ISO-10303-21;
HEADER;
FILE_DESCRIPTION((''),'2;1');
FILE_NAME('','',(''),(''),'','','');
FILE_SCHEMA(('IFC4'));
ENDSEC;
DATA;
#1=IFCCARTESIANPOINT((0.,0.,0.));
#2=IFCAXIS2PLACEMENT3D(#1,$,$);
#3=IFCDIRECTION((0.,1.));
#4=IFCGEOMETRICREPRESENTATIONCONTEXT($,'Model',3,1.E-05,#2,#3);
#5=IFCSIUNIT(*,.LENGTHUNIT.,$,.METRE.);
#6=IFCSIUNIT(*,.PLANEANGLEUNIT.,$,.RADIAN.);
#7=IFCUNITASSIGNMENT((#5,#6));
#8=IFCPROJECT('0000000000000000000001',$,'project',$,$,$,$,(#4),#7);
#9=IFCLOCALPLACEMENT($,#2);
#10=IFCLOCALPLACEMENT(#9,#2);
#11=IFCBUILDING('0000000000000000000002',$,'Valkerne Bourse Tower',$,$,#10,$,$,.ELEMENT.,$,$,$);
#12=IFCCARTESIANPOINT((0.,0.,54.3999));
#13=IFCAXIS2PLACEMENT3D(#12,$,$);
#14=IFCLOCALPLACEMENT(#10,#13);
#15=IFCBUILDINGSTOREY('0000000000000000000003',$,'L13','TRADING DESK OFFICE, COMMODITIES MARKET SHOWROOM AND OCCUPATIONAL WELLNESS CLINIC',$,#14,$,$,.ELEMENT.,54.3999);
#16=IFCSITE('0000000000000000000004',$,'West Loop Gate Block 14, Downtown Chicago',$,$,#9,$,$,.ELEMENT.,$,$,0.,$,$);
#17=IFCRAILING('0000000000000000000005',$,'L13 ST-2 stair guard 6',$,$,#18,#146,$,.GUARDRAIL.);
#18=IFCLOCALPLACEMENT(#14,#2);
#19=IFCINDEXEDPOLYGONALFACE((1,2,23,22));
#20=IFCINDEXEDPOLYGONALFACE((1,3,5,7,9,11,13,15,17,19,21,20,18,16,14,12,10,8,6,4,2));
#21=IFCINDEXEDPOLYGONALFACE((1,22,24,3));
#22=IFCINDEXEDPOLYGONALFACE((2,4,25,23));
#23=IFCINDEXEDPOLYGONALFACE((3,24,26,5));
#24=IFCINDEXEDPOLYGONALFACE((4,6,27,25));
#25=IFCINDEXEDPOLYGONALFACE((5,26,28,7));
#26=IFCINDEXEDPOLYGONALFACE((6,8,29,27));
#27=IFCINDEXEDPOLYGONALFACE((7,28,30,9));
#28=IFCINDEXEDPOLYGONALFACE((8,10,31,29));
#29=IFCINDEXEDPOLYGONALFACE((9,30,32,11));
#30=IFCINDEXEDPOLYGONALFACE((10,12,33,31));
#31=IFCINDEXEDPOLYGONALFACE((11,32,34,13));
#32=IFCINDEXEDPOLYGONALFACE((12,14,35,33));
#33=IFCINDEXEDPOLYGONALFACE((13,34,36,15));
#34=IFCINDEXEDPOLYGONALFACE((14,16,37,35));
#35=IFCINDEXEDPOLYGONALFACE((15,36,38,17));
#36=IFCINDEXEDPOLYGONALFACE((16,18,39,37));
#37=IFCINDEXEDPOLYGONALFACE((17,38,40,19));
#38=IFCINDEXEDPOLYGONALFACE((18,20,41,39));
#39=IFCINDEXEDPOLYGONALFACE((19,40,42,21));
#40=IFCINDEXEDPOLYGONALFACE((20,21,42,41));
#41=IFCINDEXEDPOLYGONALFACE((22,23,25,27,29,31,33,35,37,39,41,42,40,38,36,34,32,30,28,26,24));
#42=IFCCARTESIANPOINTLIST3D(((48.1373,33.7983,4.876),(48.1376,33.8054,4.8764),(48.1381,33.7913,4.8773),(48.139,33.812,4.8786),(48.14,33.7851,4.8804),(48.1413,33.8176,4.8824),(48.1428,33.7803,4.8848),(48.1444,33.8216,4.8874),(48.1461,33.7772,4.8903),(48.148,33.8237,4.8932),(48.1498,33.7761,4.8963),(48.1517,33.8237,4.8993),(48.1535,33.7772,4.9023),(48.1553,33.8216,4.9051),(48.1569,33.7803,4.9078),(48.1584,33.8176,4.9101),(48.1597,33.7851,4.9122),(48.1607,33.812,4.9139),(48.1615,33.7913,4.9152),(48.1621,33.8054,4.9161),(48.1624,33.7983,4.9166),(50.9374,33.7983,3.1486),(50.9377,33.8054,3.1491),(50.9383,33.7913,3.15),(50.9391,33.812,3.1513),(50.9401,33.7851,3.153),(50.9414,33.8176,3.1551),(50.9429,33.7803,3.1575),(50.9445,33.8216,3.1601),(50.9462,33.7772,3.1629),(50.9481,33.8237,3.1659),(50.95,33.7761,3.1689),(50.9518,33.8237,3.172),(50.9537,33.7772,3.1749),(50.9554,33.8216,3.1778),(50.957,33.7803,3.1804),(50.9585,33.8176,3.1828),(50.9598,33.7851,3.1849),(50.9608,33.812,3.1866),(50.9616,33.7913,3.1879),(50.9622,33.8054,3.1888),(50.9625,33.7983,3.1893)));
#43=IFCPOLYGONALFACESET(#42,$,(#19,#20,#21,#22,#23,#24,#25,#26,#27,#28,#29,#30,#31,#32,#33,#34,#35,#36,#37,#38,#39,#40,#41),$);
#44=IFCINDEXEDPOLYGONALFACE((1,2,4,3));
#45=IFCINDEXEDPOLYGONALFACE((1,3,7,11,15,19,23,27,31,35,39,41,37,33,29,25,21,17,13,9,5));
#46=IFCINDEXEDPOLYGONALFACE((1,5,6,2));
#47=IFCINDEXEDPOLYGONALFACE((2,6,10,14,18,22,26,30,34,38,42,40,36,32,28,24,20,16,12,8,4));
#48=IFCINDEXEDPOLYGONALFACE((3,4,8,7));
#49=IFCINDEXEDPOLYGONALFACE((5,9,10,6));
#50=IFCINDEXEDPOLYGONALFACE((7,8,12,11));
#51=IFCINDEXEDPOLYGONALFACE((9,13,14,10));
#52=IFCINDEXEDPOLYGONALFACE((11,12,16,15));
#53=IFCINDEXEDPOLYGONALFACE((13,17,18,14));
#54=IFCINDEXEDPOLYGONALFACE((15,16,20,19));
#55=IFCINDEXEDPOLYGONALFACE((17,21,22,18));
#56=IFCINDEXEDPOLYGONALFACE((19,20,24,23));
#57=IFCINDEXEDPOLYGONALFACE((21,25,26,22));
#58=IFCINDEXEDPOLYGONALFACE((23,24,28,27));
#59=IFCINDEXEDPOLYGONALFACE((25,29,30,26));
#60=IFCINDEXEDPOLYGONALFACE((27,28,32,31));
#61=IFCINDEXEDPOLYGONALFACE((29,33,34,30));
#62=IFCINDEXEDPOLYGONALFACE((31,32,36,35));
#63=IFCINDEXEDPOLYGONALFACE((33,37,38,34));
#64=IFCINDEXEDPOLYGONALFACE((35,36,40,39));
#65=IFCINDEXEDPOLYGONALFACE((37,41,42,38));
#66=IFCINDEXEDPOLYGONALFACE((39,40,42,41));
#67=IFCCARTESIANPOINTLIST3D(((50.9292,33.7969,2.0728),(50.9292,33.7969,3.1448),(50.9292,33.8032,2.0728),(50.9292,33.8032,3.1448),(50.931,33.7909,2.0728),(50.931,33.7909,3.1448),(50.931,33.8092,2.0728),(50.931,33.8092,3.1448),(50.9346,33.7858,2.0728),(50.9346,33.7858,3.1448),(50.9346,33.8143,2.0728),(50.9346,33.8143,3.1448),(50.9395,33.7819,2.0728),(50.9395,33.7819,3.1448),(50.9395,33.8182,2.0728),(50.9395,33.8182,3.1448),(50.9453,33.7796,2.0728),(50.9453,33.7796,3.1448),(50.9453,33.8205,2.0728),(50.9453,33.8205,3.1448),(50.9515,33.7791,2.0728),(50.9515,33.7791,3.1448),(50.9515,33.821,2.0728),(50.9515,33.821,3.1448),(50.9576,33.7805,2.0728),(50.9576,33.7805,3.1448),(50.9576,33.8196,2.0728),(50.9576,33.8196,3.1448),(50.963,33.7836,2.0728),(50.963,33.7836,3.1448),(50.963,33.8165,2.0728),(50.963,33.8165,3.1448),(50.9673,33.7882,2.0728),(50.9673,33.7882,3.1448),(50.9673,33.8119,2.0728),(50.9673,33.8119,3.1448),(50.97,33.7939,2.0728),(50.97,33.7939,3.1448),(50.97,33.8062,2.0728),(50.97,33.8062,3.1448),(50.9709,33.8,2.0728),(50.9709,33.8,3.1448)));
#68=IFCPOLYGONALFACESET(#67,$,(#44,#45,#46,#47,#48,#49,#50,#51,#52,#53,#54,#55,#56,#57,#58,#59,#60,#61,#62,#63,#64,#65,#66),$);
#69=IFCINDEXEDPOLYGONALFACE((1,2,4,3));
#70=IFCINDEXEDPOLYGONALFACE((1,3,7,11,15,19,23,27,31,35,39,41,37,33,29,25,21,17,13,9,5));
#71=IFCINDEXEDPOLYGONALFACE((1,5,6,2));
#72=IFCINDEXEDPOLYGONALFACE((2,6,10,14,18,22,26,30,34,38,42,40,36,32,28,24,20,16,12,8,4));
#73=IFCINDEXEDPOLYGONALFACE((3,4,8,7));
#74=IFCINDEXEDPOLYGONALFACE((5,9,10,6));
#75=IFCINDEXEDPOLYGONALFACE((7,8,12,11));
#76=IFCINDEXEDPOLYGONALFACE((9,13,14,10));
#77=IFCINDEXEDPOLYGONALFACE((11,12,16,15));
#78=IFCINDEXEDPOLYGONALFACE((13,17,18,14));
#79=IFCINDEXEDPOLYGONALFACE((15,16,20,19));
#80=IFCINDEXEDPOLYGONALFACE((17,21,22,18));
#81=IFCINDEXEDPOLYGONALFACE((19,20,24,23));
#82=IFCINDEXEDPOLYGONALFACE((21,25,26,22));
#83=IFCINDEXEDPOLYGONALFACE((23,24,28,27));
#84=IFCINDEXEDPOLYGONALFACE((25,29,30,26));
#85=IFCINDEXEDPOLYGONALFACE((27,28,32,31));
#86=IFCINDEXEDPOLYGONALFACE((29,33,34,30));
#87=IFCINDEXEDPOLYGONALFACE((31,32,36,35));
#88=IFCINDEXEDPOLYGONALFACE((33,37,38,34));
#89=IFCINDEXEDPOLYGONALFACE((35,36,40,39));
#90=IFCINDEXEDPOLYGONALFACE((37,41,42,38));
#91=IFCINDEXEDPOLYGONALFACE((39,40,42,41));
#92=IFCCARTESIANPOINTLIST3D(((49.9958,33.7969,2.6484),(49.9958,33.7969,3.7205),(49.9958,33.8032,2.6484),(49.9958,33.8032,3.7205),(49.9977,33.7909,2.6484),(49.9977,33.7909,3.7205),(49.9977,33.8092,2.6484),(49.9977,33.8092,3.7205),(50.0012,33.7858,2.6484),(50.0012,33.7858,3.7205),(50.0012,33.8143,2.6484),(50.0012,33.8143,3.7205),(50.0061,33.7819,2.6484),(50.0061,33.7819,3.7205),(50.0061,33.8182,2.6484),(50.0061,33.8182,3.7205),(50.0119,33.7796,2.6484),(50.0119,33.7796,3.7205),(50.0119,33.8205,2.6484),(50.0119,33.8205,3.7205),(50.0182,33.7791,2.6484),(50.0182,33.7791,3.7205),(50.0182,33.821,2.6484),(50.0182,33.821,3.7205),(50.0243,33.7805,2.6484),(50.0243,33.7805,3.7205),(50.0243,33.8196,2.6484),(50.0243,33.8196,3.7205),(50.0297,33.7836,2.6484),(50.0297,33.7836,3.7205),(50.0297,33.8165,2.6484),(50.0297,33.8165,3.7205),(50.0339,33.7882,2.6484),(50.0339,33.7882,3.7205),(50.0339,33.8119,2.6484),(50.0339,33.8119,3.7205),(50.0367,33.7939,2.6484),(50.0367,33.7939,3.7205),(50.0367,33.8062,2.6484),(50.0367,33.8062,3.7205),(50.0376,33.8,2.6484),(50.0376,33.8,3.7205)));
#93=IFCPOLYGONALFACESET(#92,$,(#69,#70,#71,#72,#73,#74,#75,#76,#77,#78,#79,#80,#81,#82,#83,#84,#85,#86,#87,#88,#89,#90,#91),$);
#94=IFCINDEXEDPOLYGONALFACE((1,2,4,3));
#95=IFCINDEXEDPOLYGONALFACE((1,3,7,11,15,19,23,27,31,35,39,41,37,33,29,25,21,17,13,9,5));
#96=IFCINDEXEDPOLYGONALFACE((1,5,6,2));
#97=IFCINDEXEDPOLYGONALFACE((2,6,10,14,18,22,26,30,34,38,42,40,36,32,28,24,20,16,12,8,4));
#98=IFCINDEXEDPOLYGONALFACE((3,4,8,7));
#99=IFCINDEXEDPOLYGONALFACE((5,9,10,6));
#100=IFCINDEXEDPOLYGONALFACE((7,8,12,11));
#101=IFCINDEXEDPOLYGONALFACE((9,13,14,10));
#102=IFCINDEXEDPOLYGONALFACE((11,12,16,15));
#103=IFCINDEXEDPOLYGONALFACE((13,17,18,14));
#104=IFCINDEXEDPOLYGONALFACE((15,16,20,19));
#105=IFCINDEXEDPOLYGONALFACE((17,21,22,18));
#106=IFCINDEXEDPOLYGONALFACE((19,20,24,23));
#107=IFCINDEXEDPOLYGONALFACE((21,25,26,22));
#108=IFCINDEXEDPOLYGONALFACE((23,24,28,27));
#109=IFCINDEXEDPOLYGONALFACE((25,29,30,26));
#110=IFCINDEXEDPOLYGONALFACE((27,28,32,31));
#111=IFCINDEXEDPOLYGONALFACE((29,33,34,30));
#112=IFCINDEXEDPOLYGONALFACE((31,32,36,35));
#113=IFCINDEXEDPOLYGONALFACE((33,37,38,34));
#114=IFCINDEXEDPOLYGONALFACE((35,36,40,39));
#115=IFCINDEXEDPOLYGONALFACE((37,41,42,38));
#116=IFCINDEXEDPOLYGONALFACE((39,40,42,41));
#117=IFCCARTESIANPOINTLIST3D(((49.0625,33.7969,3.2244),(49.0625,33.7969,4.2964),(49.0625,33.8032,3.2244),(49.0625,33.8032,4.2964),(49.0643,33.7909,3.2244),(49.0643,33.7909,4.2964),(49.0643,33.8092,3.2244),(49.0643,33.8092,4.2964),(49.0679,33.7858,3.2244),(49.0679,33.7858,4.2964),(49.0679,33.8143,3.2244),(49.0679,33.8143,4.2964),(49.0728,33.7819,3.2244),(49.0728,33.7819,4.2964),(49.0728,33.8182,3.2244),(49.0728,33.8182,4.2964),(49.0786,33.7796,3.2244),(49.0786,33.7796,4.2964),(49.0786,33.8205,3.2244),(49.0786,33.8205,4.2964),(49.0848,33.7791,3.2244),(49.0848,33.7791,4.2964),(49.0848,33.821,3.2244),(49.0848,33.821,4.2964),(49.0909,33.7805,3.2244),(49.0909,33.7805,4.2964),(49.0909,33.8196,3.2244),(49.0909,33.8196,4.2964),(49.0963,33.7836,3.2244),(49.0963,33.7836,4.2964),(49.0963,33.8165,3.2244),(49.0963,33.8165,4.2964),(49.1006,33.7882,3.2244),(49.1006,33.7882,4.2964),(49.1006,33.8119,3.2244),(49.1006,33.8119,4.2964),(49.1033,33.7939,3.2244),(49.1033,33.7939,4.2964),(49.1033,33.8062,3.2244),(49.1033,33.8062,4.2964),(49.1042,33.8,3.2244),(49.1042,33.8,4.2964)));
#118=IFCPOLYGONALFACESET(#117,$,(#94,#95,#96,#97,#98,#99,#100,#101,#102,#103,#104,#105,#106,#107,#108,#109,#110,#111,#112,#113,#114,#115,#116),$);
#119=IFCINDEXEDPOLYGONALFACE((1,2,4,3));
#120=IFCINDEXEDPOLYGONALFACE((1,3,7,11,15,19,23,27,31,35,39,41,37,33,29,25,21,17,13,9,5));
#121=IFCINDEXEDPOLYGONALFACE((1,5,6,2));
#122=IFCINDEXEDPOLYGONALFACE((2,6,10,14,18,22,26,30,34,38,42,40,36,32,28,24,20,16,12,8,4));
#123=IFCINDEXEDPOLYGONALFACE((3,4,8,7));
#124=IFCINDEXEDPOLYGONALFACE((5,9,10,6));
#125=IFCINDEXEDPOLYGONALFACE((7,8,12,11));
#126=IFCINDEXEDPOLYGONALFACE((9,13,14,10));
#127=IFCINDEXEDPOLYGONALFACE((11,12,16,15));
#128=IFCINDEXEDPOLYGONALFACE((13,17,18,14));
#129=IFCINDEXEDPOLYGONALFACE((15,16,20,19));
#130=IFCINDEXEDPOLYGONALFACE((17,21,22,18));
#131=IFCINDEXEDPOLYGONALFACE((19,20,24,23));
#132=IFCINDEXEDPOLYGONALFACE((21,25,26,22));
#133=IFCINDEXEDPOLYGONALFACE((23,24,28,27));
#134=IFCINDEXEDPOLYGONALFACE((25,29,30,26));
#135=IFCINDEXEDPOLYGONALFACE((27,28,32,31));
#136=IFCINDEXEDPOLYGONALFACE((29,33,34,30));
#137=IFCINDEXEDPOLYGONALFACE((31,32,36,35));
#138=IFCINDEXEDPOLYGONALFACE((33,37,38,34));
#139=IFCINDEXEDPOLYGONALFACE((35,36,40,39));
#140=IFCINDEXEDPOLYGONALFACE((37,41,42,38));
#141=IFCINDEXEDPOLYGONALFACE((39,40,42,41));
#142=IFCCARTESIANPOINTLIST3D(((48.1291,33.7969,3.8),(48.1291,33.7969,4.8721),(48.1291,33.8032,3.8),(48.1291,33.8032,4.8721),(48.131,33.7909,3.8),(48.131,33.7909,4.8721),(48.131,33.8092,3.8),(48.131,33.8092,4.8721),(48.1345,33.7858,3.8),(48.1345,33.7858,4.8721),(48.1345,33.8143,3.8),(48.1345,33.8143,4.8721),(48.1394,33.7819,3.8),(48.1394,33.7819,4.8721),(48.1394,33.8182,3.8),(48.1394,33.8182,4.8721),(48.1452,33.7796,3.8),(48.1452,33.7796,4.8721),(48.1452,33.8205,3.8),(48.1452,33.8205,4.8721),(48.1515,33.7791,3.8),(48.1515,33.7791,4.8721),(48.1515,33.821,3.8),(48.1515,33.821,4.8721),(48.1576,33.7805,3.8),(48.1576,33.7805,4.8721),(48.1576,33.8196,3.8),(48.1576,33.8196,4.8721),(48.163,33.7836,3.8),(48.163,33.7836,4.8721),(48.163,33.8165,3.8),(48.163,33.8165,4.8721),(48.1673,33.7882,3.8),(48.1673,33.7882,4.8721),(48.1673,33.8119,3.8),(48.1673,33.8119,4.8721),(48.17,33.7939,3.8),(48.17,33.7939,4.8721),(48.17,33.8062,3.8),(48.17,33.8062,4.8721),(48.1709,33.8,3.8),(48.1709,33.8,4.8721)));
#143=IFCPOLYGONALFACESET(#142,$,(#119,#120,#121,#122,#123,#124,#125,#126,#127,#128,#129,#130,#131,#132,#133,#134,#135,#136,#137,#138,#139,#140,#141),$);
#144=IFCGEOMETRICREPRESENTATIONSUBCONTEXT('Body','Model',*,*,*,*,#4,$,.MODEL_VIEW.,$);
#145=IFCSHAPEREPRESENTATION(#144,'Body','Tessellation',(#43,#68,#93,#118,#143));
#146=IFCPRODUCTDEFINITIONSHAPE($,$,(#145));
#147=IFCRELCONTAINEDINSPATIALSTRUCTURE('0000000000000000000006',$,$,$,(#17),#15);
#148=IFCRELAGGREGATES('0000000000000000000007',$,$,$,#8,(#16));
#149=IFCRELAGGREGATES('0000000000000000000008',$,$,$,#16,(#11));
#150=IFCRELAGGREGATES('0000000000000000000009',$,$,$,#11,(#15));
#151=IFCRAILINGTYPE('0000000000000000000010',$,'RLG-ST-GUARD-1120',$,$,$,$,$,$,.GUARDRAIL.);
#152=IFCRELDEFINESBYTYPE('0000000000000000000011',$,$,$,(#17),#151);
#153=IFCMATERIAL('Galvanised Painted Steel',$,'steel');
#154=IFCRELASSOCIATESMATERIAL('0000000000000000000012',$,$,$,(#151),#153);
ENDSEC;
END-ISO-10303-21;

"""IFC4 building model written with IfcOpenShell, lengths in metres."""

from ifc_helpers import new_model, si_unit, direction, frame, origin, origin_2d, place, context, subcontext, project, spatial, circle, extrude, material, type_object, element, save


model = new_model("IFC4")

# Units and contexts
model_context = context("Model", 3, precision=1e-05, world=origin(), true_north=direction((0.0, 1.0)))
body_context = subcontext(model_context, "Body", "Model", "MODEL_VIEW")
ifc_project = project(units=[si_unit("LENGTHUNIT", "METRE"), si_unit("PLANEANGLEUNIT", "RADIAN")], contexts=[model_context])

# Site, building, storey
site_placement = place(None, origin())
site = spatial("IfcSite", under=ifc_project, at=site_placement, Name="West Loop Gate Block 14, Downtown Chicago", CompositionType="ELEMENT", RefElevation=0.0)
building_placement = place(site_placement, origin())
building = spatial("IfcBuilding", under=site, at=building_placement, Name="Valkerne Bourse Tower", CompositionType="ELEMENT")
storey_placement = place(building_placement, frame((0.0, 0.0, 54.3999)))
storey = spatial("IfcBuildingStorey", under=building, at=storey_placement, Name="L13", Description="TRADING DESK OFFICE, COMMODITIES MARKET SHOWROOM AND OCCUPATIONAL WELLNESS CLINIC", CompositionType="ELEMENT", Elevation=54.3999)

# Shared definitions
ifc_material_1 = material(Name="Galvanised Painted Steel", Category="steel")

# Railing
railing_type_1 = type_object("IfcRailingType", Name="RLG-ST-GUARD-1120", PredefinedType="GUARDRAIL", material=ifc_material_1)
railing_1_placement = place(storey_placement, frame((50.95, 33.8, 2.0728)))
element("IfcRailing", 1, at=railing_1_placement, inside=storey, type_object=railing_type_1, Name="L13 ST-2 stair guard 6", PredefinedType="GUARDRAIL", context=body_context, shape_type="SweptSolid", body=[
    extrude(circle(Radius=0.0239, at=origin_2d()), frame((0.0, 0.0, 1.0962), z_axis=(-0.85109, 0.0, 0.52502), x_axis=(0.0, -1.0, 0.0)), (0.0, 0.0, 1.0), 3.29),
    extrude(circle(Radius=0.021, at=origin_2d()), origin(), (0.0, 0.0, 1.0), 1.072),
    extrude(circle(Radius=0.021, at=origin_2d()), frame((-0.9333, 0.0, 0.5757)), (0.0, 0.0, 1.0), 1.072),
    extrude(circle(Radius=0.021, at=origin_2d()), frame((-1.8667, 0.0, 1.1516)), (0.0, 0.0, 1.0), 1.072),
    extrude(circle(Radius=0.021, at=origin_2d()), frame((-2.8, 0.0, 1.7273)), (0.0, 0.0, 1.0), 1.072),
])

save(model, "model.ifc")
